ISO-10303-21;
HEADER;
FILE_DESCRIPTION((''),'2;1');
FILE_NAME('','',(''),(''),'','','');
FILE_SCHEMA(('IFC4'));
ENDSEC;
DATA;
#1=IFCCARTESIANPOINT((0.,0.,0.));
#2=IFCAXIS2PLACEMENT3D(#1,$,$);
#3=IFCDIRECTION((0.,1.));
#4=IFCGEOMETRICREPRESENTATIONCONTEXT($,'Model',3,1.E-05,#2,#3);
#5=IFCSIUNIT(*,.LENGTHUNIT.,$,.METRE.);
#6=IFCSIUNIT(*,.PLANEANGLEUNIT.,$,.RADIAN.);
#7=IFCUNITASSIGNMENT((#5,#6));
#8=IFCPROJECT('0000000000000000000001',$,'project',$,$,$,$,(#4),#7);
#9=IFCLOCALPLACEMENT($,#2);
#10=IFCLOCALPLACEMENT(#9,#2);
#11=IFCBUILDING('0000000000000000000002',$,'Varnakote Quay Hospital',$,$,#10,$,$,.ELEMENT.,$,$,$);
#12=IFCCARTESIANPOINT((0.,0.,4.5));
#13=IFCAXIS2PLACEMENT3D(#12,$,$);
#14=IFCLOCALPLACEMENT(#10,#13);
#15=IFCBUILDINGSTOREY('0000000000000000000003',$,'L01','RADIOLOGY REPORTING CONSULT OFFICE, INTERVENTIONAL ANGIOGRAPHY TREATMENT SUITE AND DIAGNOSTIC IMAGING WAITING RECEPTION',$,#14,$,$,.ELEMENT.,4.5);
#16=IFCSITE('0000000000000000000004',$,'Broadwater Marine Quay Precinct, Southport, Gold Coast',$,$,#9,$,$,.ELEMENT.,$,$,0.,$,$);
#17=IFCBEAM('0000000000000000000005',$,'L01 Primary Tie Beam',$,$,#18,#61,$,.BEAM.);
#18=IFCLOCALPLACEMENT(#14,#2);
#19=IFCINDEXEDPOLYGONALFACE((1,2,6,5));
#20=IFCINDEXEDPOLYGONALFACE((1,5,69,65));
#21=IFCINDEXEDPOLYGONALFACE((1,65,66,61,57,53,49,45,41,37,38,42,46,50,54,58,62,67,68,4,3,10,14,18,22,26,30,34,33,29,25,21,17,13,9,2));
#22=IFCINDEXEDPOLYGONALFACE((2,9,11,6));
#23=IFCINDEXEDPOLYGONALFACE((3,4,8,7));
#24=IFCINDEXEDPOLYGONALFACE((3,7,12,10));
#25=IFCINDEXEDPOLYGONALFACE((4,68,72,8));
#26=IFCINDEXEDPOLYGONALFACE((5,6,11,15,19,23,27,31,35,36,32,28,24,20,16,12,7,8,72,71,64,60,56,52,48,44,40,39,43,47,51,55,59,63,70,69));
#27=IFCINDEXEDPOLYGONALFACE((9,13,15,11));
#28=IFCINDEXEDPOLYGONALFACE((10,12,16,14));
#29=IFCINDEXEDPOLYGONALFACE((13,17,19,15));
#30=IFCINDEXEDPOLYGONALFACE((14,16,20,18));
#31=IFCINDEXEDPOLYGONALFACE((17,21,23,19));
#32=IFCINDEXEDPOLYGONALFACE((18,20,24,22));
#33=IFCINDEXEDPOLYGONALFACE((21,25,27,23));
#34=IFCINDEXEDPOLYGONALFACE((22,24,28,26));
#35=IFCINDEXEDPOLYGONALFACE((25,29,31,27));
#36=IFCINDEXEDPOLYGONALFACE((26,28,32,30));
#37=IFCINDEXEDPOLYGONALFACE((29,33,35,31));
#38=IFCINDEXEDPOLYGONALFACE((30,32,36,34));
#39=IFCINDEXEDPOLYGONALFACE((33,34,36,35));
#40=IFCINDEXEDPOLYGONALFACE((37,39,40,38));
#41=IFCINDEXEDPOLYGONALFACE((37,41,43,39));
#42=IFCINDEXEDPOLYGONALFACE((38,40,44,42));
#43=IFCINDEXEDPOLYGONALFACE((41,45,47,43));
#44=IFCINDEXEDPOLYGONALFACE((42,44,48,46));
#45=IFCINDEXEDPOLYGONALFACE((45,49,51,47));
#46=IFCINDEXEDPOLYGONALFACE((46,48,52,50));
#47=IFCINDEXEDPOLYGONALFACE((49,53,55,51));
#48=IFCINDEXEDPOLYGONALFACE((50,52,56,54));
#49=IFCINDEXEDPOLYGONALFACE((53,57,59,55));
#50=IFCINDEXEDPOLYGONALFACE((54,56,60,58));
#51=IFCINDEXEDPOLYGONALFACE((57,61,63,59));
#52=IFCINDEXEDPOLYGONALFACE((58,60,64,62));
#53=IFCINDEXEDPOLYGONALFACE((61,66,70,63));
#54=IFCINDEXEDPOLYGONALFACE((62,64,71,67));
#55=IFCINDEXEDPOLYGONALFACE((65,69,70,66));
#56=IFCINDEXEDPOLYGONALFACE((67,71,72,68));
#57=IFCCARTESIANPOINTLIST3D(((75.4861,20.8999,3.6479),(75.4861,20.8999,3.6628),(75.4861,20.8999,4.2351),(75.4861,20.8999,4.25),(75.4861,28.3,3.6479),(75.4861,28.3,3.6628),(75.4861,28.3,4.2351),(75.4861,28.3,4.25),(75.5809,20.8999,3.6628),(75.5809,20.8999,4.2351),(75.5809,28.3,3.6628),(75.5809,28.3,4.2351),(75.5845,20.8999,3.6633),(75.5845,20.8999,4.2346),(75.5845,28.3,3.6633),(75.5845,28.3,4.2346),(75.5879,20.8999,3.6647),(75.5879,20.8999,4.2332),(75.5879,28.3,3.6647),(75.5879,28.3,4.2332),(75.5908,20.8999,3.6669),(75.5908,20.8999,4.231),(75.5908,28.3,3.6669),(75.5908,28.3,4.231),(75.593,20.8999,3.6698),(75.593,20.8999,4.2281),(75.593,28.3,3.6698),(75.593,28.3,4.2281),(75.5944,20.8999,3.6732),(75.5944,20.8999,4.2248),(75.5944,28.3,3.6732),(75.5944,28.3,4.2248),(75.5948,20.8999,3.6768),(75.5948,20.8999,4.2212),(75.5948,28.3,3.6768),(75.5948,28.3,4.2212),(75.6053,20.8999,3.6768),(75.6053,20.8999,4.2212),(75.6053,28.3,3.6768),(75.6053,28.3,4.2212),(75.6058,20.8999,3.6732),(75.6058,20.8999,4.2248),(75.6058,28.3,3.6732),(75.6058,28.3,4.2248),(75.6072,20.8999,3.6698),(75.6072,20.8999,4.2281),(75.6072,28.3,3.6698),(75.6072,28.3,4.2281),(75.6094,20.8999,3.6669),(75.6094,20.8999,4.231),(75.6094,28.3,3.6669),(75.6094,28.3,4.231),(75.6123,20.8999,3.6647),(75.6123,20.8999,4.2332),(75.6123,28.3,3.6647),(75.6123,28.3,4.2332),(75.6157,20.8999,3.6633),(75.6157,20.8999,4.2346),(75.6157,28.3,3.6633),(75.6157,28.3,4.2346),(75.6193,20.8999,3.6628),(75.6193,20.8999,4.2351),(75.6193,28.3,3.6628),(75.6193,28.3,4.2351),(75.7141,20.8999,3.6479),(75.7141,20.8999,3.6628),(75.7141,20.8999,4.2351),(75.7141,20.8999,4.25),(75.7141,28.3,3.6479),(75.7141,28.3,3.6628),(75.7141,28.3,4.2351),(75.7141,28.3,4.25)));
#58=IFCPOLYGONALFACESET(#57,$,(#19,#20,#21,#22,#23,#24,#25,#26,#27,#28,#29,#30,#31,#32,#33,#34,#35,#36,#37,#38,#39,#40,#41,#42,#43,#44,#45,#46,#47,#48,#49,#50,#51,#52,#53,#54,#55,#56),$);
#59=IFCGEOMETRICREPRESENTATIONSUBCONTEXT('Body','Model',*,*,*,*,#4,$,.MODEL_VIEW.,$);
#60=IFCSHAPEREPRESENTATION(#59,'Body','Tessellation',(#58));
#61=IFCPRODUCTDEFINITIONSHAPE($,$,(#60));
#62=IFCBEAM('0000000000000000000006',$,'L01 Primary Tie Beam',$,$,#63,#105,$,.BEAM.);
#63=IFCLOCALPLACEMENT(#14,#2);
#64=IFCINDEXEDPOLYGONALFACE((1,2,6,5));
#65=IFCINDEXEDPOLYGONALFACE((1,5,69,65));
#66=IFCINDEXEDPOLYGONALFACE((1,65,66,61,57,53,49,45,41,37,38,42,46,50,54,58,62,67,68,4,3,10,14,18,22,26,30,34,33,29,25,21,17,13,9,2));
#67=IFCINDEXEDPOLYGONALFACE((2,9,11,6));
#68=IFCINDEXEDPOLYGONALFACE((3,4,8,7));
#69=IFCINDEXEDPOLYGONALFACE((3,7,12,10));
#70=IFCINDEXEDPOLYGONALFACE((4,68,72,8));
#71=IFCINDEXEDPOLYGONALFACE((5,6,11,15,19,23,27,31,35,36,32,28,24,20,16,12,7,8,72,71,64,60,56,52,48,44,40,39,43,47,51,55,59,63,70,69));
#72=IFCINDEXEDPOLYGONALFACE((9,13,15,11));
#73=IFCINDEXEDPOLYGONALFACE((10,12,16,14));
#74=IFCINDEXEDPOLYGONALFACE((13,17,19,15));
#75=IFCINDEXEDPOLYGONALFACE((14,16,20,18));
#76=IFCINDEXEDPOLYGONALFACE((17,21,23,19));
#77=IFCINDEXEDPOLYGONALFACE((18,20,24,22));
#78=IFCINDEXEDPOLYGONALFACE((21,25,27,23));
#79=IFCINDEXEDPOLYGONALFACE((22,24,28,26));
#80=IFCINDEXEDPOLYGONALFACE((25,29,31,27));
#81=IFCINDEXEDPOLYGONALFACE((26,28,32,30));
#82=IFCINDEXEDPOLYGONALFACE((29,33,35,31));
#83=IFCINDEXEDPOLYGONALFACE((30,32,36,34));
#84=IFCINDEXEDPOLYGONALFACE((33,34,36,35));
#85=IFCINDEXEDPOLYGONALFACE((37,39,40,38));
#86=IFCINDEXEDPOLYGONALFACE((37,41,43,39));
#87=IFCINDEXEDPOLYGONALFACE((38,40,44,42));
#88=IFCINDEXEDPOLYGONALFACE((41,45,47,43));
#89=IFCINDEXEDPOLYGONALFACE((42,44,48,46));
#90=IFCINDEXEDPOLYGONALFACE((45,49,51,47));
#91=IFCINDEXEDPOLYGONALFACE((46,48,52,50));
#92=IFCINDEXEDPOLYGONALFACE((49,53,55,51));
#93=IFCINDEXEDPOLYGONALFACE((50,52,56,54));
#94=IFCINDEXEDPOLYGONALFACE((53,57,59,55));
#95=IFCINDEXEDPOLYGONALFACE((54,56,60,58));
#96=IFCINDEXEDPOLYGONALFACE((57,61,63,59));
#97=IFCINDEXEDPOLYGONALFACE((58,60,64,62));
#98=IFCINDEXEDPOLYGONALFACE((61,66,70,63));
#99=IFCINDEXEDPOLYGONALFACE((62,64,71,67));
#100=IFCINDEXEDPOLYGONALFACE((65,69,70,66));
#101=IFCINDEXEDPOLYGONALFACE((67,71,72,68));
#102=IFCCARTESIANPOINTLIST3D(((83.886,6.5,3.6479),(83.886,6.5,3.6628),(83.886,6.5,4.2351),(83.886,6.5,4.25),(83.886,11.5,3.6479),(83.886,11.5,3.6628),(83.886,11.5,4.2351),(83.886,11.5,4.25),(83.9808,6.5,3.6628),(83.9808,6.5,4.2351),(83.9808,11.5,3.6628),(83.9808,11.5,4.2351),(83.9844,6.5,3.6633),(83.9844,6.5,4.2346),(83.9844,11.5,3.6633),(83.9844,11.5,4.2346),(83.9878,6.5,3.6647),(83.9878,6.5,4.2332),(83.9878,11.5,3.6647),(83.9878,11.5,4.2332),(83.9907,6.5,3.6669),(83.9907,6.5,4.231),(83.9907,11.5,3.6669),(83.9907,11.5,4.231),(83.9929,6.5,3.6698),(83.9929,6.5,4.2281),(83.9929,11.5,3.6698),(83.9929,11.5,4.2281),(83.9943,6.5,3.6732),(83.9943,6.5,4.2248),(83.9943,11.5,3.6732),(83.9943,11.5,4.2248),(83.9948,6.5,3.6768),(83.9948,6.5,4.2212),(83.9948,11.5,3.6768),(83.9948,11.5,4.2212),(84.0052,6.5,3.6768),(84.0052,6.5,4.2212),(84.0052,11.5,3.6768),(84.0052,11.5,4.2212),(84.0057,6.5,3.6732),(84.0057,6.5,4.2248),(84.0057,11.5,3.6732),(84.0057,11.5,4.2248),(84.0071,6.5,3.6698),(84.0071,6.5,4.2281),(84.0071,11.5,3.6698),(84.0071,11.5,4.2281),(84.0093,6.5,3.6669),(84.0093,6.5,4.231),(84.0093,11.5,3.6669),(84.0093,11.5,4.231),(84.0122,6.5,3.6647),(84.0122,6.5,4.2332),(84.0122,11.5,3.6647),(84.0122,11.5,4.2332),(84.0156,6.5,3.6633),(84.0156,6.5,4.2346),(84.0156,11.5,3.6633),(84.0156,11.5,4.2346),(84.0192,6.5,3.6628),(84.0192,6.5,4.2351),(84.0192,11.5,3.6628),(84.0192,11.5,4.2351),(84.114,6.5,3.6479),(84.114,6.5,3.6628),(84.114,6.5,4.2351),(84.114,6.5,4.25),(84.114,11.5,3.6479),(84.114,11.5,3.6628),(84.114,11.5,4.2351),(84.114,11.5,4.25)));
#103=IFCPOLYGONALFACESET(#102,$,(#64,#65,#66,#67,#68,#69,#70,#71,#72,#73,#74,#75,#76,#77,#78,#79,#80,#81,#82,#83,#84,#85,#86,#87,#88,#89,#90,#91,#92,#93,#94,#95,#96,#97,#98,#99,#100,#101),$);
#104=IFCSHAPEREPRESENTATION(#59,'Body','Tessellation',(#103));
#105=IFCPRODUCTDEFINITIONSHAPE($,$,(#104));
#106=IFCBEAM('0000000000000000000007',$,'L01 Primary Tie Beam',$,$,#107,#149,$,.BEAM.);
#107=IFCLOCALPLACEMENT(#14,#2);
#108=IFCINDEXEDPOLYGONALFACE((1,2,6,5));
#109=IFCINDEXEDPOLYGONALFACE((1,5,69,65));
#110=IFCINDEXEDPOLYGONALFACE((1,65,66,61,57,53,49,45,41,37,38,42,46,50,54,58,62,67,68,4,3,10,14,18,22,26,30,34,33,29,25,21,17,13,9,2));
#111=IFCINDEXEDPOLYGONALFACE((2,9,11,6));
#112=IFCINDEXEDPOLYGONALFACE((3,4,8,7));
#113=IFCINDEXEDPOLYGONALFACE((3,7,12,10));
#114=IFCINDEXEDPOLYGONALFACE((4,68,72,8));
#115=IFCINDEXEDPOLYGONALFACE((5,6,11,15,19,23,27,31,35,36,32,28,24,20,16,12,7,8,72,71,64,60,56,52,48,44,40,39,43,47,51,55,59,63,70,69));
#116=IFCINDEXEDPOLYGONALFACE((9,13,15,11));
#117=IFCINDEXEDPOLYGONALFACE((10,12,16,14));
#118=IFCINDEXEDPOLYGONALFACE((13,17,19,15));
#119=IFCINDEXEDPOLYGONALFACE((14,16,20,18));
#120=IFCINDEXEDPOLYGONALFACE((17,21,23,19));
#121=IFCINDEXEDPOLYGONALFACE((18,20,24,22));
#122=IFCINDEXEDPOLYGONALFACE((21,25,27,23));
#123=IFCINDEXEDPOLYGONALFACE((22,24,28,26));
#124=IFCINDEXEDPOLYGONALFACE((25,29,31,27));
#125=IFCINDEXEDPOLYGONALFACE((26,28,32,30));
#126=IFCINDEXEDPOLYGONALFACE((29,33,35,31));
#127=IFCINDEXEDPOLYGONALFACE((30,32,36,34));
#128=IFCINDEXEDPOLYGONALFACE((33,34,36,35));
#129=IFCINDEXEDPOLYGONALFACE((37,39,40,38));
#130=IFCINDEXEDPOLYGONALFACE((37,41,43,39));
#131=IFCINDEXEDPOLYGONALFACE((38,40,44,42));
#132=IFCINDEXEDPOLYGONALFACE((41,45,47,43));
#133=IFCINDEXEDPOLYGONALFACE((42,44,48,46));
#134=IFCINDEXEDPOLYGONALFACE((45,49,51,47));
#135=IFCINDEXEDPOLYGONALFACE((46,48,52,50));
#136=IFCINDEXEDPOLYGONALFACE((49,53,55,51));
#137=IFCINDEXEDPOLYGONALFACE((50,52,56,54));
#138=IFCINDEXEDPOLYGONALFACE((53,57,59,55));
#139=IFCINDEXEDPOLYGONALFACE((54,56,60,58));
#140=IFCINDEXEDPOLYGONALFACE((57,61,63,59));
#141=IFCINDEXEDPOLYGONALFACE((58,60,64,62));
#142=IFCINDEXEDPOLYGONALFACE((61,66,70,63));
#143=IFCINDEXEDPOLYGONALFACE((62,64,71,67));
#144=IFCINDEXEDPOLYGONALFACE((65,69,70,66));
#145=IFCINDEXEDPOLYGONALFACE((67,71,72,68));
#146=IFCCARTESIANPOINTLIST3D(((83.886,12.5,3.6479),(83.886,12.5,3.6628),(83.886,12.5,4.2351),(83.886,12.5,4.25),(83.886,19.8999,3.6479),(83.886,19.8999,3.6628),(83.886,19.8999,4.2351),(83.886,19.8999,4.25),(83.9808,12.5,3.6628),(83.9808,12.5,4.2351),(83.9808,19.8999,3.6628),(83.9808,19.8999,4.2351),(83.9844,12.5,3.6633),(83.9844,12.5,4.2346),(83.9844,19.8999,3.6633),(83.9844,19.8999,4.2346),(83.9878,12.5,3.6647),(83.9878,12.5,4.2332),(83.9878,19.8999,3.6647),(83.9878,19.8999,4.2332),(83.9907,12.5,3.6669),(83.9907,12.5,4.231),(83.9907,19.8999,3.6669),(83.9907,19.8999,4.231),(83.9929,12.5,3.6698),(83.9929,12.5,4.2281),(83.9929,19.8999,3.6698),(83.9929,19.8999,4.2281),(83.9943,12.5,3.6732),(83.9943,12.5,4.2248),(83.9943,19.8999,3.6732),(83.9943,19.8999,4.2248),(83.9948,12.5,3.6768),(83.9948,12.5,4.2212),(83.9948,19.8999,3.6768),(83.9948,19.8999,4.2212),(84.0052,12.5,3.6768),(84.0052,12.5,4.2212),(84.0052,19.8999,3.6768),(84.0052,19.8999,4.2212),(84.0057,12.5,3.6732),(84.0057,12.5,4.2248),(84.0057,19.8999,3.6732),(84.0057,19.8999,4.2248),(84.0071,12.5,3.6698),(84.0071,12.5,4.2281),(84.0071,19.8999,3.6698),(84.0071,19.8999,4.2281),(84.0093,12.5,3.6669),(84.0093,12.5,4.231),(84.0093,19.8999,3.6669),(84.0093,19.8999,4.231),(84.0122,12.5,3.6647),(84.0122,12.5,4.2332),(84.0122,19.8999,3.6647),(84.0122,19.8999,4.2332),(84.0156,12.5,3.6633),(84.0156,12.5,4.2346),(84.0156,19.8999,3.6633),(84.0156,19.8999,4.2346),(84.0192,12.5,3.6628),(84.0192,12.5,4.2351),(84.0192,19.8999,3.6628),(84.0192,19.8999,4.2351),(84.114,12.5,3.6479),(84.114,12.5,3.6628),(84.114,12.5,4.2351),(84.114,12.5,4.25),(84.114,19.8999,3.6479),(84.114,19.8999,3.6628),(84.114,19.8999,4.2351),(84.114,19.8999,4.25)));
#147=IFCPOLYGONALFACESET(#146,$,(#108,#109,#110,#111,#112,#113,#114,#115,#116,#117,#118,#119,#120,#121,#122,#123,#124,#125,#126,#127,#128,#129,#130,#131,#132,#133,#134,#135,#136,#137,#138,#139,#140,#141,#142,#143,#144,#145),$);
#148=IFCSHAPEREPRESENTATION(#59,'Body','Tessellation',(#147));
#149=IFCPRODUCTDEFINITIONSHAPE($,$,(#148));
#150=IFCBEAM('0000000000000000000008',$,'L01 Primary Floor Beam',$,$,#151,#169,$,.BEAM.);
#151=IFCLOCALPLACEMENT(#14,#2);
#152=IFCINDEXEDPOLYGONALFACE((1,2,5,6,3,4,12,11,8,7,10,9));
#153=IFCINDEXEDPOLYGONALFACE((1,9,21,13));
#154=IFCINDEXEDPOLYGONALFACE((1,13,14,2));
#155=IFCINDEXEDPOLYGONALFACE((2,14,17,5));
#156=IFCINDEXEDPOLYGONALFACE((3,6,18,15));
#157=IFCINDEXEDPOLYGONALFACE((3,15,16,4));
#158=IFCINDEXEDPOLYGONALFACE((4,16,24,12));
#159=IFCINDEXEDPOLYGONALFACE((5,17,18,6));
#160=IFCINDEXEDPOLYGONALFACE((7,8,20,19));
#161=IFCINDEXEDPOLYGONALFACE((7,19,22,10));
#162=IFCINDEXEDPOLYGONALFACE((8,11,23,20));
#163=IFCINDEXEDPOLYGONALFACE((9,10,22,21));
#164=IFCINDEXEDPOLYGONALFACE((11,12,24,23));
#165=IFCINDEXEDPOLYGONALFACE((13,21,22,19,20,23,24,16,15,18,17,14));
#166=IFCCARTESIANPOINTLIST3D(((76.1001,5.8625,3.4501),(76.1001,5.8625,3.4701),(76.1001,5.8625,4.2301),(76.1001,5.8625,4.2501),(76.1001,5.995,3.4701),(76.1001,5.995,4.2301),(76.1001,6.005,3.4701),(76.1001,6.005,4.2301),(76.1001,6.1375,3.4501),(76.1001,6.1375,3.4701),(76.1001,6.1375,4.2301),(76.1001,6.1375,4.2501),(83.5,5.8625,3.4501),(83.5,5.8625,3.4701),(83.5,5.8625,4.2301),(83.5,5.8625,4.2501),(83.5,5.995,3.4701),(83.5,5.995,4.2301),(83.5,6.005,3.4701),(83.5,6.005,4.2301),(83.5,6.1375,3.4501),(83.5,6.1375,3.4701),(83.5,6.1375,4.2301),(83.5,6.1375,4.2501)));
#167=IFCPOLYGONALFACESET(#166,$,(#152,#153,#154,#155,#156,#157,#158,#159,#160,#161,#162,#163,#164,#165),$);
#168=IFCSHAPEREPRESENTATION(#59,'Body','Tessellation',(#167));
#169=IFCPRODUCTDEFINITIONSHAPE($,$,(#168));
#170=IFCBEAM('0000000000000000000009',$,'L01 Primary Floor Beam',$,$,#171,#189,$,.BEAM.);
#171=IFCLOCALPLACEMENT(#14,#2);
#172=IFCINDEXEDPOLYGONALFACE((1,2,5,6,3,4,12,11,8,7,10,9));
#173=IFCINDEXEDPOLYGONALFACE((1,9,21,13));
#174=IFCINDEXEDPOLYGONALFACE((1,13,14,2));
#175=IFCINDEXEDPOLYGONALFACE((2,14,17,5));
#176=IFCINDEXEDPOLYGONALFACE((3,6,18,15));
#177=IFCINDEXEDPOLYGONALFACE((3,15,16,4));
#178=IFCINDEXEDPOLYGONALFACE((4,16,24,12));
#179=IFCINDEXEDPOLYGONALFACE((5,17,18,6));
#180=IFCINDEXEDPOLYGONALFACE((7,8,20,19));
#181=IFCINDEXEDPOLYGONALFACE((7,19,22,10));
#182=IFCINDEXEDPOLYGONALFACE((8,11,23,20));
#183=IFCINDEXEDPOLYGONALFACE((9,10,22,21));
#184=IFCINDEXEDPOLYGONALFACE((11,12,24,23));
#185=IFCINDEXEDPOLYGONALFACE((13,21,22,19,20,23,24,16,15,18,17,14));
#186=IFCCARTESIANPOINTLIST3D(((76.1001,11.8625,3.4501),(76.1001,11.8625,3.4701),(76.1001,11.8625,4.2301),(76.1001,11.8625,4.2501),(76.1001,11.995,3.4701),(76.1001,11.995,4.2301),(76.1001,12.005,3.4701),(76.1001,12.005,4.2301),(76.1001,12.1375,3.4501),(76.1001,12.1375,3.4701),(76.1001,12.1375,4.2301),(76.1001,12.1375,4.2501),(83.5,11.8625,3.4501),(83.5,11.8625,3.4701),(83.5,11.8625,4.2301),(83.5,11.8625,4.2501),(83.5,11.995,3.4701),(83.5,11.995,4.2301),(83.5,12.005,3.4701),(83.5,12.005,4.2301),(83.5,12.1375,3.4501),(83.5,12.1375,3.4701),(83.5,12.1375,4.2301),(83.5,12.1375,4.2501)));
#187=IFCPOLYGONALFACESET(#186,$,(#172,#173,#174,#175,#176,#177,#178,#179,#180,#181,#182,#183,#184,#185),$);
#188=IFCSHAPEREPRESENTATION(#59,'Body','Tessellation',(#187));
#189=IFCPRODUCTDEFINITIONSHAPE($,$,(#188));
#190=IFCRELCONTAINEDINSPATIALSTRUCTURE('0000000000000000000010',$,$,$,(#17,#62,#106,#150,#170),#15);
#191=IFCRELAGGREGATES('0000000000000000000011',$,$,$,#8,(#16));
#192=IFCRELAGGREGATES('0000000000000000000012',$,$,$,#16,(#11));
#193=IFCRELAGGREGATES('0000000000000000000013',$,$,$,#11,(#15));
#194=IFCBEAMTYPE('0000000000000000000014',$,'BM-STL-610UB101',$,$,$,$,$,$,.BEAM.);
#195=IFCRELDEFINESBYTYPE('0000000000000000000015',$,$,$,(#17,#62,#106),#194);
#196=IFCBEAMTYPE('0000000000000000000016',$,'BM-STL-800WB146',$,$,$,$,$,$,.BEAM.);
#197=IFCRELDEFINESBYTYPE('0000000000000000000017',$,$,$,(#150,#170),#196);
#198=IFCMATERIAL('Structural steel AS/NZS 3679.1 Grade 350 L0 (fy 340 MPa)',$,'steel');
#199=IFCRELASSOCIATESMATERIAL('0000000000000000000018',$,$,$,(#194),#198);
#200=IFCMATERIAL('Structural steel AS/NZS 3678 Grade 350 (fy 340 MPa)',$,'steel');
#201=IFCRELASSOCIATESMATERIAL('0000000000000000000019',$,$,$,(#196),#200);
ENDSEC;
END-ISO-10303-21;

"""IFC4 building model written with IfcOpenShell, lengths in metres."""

from ifc_helpers import new_model, si_unit, direction, frame, origin, origin_2d, place, context, subcontext, project, spatial, i_section, extrude, material, material_profile, profile_set, type_object, element, save


model = new_model("IFC4")

# Units and contexts
model_context = context("Model", 3, precision=1e-05, world=origin(), true_north=direction((0.0, 1.0)))
body_context = subcontext(model_context, "Body", "Model", "MODEL_VIEW")
ifc_project = project(units=[si_unit("LENGTHUNIT", "METRE"), si_unit("PLANEANGLEUNIT", "RADIAN")], contexts=[model_context])

# Site, building, storey
site_placement = place(None, origin())
site = spatial("IfcSite", under=ifc_project, at=site_placement, Name="Broadwater Marine Quay Precinct, Southport, Gold Coast", CompositionType="ELEMENT", RefElevation=0.0)
building_placement = place(site_placement, origin())
building = spatial("IfcBuilding", under=site, at=building_placement, Name="Varnakote Quay Hospital", CompositionType="ELEMENT")
storey_placement = place(building_placement, frame((0.0, 0.0, 4.5)))
storey = spatial("IfcBuildingStorey", under=building, at=storey_placement, Name="L01", Description="RADIOLOGY REPORTING CONSULT OFFICE, INTERVENTIONAL ANGIOGRAPHY TREATMENT SUITE AND DIAGNOSTIC IMAGING WAITING RECEPTION", CompositionType="ELEMENT", Elevation=4.5)

# Beams
ifc_material_1 = material(Name="Structural steel AS/NZS 3679.1 Grade 350 L0 (fy 340 MPa)", Category="steel")
ifc_material_profile_1 = material_profile(ifc_material_1, i_section(OverallWidth=0.228, OverallDepth=0.6021, WebThickness=0.0105, FlangeThickness=0.0149, FilletRadius=0.0139, at=origin_2d()), Name="610UB101")
ifc_profile_set_1 = profile_set([ifc_material_profile_1], Name="Structural steel AS/NZS 3679.1 Grade 350 L0 (fy 340 MPa)")
beam_type_1 = type_object("IfcBeamType", Name="BM-STL-610UB101", PredefinedType="BEAM", material=ifc_profile_set_1)
beam_1_placement = place(storey_placement, frame((75.6001, 20.8999, 3.949), z_axis=(0.0, 1.0, 0.0), x_axis=(-1.0, 0.0, 0.0)))
element("IfcBeam", 1, at=beam_1_placement, inside=storey, type_object=beam_type_1, Name="L01 Primary Tie Beam", PredefinedType="BEAM", context=body_context, shape_type="SweptSolid", body=[
    extrude(i_section(OverallWidth=0.228, OverallDepth=0.6021, WebThickness=0.0105, FlangeThickness=0.0149, FilletRadius=0.0139, at=origin_2d()), origin(), (0.0, 0.0, 1.0), 7.4001),
])
beam_2_placement = place(storey_placement, frame((84.0, 6.5, 3.949), z_axis=(0.0, 1.0, 0.0), x_axis=(-1.0, 0.0, 0.0)))
element("IfcBeam", 2, at=beam_2_placement, inside=storey, type_object=beam_type_1, Name="L01 Primary Tie Beam", PredefinedType="BEAM", context=body_context, shape_type="SweptSolid", body=[
    extrude(i_section(OverallWidth=0.228, OverallDepth=0.6021, WebThickness=0.0105, FlangeThickness=0.0149, FilletRadius=0.0139, at=origin_2d()), origin(), (0.0, 0.0, 1.0), 5.0),
])
beam_3_placement = place(storey_placement, frame((84.0, 12.5, 3.949), z_axis=(0.0, 1.0, 0.0), x_axis=(-1.0, 0.0, 0.0)))
element("IfcBeam", 3, at=beam_3_placement, inside=storey, type_object=beam_type_1, Name="L01 Primary Tie Beam", PredefinedType="BEAM", context=body_context, shape_type="SweptSolid", body=[
    extrude(i_section(OverallWidth=0.228, OverallDepth=0.6021, WebThickness=0.0105, FlangeThickness=0.0149, FilletRadius=0.0139, at=origin_2d()), origin(), (0.0, 0.0, 1.0), 7.3999),
])
ifc_material_2 = material(Name="Structural steel AS/NZS 3678 Grade 350 (fy 340 MPa)", Category="steel")
ifc_material_profile_2 = material_profile(ifc_material_2, i_section(OverallWidth=0.2749, OverallDepth=0.8, WebThickness=0.01, FlangeThickness=0.02, at=origin_2d()), Name="800WB146")
ifc_profile_set_2 = profile_set([ifc_material_profile_2], Name="Structural steel AS/NZS 3678 Grade 350 (fy 340 MPa)")
beam_type_2 = type_object("IfcBeamType", Name="BM-STL-800WB146", PredefinedType="BEAM", material=ifc_profile_set_2)
for number, where, z_axis, x_axis, name in (
    (4, (76.1001, 6.0, 3.8501), (1.0, 0.0, 0.0), (0.0, 1.0, 0.0), "L01 Primary Floor Beam"),
    (5, (76.1001, 12.0, 3.8501), (1.0, 0.0, 0.0), (0.0, 1.0, 0.0), "L01 Primary Floor Beam"),
):
    element("IfcBeam", number, at=place(storey_placement, frame(where, z_axis=z_axis, x_axis=x_axis)), inside=storey, type_object=beam_type_2, Name=name, PredefinedType="BEAM", context=body_context, shape_type="SweptSolid", body=[
        extrude(i_section(OverallWidth=0.2749, OverallDepth=0.8, WebThickness=0.01, FlangeThickness=0.02, at=origin_2d()), origin(), (0.0, 0.0, 1.0), 7.3999),
    ])

save(model, "model.ifc")
